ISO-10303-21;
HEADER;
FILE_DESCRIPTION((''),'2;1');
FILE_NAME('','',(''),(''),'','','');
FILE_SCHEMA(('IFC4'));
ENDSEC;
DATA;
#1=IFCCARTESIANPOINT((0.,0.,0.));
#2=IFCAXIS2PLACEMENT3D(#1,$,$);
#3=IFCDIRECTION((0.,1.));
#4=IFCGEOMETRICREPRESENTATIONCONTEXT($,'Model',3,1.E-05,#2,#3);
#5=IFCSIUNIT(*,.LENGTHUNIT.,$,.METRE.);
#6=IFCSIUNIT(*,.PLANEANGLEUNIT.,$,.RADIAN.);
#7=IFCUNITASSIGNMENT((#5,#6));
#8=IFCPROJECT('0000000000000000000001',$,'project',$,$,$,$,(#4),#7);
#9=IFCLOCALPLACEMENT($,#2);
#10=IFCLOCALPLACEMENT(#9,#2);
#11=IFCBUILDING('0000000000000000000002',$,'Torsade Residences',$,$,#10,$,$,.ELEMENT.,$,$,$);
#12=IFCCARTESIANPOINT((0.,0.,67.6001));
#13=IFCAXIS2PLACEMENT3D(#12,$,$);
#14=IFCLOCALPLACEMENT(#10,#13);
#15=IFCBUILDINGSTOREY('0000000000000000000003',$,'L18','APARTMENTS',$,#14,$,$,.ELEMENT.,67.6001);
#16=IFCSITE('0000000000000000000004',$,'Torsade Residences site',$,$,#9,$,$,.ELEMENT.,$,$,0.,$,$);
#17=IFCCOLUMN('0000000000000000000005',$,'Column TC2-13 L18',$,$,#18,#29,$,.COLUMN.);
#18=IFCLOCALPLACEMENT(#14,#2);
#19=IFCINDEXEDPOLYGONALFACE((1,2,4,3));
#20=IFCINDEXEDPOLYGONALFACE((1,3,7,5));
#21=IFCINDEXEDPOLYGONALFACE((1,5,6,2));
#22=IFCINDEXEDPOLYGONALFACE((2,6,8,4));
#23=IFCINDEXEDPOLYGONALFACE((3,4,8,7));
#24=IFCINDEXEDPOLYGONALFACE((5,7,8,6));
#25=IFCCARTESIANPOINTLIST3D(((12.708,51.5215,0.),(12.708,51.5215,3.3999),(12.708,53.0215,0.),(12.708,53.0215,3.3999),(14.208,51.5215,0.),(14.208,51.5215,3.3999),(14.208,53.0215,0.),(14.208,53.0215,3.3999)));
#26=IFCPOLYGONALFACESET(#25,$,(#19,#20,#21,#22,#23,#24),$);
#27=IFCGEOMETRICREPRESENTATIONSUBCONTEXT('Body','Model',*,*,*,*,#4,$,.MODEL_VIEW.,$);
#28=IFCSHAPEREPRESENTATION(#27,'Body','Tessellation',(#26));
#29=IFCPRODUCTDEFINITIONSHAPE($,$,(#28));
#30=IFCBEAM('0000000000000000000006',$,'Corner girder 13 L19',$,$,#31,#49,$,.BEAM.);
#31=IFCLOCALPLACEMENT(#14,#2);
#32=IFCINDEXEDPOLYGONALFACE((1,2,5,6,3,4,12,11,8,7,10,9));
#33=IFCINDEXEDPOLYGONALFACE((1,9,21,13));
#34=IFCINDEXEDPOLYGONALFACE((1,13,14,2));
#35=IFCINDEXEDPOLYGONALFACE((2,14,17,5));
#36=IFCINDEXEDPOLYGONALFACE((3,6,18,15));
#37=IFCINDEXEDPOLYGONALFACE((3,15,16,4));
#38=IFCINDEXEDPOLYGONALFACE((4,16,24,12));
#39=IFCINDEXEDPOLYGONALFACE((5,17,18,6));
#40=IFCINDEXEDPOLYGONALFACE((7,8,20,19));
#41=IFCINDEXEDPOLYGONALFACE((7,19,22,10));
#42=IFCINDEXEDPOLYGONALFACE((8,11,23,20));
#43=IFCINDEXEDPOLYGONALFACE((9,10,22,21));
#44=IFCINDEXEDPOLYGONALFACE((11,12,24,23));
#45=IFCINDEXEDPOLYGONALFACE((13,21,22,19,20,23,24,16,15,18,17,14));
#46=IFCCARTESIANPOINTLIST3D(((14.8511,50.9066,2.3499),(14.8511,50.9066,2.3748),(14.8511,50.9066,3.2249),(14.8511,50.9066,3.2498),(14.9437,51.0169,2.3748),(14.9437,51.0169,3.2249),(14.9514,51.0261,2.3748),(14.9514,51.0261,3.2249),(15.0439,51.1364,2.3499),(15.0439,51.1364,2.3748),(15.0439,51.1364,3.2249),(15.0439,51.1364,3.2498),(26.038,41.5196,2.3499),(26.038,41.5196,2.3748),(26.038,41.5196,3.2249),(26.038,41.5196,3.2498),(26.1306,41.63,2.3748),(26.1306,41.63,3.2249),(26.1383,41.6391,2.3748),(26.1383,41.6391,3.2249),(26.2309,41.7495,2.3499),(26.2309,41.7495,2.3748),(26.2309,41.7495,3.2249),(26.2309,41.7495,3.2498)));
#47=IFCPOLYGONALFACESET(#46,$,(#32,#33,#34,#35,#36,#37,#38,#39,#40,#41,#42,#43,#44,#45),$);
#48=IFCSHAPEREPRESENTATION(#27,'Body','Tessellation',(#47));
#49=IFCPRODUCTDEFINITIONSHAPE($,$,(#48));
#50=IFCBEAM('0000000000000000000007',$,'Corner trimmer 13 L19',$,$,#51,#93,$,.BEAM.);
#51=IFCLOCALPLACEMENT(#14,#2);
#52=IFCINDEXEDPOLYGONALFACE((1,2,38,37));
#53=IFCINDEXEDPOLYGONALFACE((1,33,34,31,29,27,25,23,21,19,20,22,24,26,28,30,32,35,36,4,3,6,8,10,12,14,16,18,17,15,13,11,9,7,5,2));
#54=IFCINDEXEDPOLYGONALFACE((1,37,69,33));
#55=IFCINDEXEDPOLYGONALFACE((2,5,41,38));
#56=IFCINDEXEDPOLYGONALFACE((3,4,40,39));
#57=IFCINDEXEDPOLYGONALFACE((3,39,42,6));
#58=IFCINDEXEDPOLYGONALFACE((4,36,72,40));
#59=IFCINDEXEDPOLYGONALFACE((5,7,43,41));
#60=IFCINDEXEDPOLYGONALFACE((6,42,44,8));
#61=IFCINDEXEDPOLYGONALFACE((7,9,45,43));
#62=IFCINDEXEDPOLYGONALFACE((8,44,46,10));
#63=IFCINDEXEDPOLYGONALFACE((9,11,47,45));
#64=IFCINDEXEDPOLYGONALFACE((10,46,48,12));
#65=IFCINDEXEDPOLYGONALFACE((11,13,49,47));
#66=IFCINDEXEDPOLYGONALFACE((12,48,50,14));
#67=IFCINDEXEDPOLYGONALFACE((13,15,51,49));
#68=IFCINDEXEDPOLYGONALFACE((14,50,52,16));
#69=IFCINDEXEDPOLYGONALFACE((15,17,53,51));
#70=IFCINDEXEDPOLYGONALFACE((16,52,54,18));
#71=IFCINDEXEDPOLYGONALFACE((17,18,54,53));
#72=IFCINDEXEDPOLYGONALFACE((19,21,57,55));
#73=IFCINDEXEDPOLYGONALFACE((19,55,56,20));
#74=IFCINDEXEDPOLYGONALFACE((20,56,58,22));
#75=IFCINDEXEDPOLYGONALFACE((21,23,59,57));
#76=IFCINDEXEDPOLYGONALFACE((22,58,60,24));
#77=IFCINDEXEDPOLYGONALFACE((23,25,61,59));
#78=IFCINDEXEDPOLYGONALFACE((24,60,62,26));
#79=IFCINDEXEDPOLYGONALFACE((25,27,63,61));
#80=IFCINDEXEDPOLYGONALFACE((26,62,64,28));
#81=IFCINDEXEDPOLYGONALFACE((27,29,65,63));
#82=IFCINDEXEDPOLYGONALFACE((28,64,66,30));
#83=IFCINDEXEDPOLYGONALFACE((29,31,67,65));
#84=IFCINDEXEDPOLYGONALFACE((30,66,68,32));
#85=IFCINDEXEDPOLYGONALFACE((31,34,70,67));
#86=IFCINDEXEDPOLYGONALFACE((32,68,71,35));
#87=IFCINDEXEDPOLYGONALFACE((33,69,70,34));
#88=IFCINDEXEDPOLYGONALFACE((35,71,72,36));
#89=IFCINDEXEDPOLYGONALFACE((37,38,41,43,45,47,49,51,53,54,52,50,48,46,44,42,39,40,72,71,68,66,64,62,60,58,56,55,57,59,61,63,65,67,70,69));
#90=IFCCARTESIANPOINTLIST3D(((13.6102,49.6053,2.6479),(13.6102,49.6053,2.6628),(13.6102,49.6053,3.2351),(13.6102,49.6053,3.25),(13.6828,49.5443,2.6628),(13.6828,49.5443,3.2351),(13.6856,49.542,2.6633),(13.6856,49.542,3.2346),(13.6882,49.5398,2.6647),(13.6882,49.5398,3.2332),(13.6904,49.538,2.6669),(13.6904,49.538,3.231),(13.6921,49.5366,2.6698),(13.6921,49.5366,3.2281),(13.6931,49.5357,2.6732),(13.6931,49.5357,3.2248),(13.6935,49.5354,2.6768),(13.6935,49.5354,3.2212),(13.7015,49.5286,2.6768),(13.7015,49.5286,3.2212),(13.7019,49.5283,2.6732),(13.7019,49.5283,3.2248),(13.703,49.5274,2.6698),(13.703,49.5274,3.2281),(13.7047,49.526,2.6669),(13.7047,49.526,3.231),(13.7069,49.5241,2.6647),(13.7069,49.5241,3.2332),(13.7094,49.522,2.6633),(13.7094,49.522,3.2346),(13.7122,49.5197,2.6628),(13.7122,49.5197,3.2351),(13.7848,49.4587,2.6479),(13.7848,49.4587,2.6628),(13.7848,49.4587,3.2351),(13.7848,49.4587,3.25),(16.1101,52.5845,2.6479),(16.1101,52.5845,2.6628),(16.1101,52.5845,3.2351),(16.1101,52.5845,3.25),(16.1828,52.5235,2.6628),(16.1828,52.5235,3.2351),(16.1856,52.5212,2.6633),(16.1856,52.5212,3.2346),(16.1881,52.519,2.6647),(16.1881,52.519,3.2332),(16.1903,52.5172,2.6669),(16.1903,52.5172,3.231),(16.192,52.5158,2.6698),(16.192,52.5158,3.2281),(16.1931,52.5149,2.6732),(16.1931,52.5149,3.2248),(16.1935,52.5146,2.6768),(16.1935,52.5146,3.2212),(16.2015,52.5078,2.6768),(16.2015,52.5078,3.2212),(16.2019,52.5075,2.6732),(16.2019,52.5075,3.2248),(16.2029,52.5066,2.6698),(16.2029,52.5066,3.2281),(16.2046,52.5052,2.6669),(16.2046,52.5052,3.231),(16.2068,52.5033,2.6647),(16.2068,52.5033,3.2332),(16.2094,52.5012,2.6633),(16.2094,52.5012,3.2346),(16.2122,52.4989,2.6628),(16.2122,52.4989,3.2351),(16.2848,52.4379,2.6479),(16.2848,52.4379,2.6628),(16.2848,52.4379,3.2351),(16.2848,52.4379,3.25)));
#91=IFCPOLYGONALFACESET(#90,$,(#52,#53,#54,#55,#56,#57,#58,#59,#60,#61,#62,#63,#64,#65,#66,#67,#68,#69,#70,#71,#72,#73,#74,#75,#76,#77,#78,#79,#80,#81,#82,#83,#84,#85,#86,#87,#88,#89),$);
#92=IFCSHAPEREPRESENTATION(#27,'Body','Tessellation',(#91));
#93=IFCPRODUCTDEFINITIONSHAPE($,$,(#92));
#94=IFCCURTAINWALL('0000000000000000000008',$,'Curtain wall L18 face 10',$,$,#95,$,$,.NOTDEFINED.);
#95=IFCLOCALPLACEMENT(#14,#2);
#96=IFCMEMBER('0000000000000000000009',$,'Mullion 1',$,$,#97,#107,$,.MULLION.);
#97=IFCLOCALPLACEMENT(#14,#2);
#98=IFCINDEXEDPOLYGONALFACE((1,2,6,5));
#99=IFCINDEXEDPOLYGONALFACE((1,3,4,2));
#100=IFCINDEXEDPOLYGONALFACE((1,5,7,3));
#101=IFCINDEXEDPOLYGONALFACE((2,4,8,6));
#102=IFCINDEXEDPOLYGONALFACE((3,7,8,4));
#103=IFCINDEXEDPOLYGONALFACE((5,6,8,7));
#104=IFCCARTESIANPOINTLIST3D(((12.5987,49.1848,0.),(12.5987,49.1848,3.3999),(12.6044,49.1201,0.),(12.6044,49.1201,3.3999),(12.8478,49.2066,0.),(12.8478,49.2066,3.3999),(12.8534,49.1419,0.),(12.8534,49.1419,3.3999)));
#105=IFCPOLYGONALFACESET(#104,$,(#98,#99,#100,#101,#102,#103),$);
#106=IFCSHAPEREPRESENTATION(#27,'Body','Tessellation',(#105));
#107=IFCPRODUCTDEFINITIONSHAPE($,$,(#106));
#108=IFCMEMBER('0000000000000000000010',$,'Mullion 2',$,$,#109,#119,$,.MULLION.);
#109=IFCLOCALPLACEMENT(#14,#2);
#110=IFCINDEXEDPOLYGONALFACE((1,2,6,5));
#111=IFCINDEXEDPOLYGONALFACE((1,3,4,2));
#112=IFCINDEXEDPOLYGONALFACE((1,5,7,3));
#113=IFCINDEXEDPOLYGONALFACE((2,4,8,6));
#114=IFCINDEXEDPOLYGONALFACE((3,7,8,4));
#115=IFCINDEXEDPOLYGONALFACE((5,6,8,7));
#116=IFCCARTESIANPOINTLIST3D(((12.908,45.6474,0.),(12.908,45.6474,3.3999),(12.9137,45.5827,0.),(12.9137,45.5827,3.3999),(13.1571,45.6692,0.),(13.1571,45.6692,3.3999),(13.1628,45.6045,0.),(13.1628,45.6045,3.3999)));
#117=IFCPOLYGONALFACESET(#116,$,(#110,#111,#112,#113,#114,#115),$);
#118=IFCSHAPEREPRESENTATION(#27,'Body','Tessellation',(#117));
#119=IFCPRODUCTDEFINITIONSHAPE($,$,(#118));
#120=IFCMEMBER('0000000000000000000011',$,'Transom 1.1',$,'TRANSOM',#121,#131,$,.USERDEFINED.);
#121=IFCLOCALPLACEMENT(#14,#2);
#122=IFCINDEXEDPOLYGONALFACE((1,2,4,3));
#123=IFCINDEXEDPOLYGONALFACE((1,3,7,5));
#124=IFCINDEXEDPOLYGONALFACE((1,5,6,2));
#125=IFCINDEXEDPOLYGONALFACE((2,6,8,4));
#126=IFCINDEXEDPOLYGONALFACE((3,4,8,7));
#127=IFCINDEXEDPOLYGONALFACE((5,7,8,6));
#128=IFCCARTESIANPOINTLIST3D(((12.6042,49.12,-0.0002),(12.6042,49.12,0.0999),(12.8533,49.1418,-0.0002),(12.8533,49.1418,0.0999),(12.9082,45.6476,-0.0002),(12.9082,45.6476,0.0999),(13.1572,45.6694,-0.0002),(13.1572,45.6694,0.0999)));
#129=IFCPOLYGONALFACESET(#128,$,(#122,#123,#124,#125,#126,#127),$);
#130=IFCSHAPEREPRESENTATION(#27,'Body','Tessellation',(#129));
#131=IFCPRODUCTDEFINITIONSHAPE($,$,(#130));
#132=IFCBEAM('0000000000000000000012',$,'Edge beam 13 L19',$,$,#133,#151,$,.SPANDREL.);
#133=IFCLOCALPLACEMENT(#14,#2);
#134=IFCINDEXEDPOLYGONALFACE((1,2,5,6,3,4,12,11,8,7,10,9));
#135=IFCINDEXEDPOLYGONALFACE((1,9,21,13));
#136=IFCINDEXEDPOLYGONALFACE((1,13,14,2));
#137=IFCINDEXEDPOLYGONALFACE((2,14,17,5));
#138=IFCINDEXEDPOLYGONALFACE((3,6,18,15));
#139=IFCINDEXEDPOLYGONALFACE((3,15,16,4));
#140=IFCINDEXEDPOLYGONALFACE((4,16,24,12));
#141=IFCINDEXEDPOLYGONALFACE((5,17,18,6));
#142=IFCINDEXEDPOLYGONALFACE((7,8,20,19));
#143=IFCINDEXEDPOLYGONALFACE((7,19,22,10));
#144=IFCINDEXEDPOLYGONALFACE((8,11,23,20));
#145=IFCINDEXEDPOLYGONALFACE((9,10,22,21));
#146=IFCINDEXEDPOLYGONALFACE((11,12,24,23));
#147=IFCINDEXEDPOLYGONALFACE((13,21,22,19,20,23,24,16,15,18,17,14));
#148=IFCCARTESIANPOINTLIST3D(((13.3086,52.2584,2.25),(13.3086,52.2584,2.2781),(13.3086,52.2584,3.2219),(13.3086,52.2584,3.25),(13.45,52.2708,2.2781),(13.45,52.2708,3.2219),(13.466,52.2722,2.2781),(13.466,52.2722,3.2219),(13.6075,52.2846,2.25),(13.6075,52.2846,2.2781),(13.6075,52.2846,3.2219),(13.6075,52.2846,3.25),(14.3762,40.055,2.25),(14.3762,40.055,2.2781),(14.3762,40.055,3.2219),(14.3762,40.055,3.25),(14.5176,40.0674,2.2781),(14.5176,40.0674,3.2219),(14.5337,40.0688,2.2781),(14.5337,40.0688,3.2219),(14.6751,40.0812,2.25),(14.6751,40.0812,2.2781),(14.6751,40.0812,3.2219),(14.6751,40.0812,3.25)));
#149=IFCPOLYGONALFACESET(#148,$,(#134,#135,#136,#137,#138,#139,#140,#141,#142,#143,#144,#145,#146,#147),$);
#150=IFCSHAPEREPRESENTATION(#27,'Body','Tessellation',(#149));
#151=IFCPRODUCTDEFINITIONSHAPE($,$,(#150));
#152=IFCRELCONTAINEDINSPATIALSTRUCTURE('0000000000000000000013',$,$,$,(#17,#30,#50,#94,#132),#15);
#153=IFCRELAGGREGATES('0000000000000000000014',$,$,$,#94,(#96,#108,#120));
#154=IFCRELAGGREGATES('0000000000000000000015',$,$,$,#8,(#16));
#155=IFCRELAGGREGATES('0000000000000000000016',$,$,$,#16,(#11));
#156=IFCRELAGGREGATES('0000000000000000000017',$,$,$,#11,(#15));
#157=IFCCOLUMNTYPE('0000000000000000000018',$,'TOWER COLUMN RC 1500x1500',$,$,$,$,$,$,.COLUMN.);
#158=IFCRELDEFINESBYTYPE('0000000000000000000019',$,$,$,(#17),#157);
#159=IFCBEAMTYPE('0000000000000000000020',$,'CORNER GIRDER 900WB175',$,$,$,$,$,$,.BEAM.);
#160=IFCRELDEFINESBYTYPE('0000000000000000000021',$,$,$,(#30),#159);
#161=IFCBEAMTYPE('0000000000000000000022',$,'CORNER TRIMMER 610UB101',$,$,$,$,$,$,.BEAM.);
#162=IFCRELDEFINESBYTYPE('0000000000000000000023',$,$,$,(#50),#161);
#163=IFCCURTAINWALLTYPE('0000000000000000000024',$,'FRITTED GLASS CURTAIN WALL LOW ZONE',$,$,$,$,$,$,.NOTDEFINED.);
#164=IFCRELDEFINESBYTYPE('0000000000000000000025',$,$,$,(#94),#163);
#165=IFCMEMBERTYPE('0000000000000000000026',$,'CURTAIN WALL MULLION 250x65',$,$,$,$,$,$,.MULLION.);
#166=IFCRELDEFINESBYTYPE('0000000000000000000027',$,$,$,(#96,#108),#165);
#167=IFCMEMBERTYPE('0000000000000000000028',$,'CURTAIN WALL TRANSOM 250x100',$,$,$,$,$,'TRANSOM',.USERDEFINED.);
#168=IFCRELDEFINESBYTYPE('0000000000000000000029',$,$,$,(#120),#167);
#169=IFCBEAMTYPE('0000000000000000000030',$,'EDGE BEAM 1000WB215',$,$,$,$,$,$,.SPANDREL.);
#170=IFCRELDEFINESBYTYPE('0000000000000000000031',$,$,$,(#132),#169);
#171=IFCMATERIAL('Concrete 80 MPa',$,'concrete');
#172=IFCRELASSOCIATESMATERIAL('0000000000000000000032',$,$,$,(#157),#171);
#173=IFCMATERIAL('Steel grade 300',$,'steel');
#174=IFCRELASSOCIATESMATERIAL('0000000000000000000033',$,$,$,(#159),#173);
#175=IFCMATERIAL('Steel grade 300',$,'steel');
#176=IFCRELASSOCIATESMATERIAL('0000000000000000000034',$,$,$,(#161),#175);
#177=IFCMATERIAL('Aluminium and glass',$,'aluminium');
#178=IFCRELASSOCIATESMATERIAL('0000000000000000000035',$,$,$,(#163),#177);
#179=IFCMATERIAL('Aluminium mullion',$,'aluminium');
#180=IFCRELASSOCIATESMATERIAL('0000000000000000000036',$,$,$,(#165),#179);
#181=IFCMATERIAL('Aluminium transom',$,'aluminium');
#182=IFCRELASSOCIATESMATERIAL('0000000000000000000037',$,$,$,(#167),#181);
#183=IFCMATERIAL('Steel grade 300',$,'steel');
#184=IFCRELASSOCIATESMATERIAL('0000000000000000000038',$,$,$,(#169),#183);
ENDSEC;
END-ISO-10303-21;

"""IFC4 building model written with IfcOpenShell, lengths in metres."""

from ifc_helpers import new_model, si_unit, direction, frame, origin, origin_2d, place, context, subcontext, project, spatial, rectangle, i_section, extrude, material, material_profile, profile_set, type_object, element, aggregate, save


model = new_model("IFC4")

# Units and contexts
model_context = context("Model", 3, precision=1e-05, world=origin(), true_north=direction((0.0, 1.0)))
body_context = subcontext(model_context, "Body", "Model", "MODEL_VIEW")
ifc_project = project(units=[si_unit("LENGTHUNIT", "METRE"), si_unit("PLANEANGLEUNIT", "RADIAN")], contexts=[model_context])

# Site, building, storey
site_placement = place(None, origin())
site = spatial("IfcSite", under=ifc_project, at=site_placement, Name="Torsade Residences site", CompositionType="ELEMENT", RefElevation=0.0)
building_placement = place(site_placement, origin())
building = spatial("IfcBuilding", under=site, at=building_placement, Name="Torsade Residences", CompositionType="ELEMENT")
storey_placement = place(building_placement, frame((0.0, 0.0, 67.6001)))
storey = spatial("IfcBuildingStorey", under=building, at=storey_placement, Name="L18", Description="APARTMENTS", CompositionType="ELEMENT", Elevation=67.6001)

# Column
ifc_material_1 = material(Name="Concrete 80 MPa", Category="concrete")
ifc_material_profile_1 = material_profile(ifc_material_1, rectangle(XDim=1.5, YDim=1.5, at=origin_2d()), Name="RC 1500x1500")
ifc_profile_set_1 = profile_set([ifc_material_profile_1], Name="Concrete 80 MPa")
column_type = type_object("IfcColumnType", Name="TOWER COLUMN RC 1500x1500", PredefinedType="COLUMN", material=ifc_profile_set_1)
column_placement = place(storey_placement, frame((13.458, 52.2715, 0.0), z_axis=(0.0, 0.0, 1.0), x_axis=(1.0, 0.0, 0.0)))
element("IfcColumn", 1, at=column_placement, inside=storey, type_object=column_type, Name="Column TC2-13 L18", PredefinedType="COLUMN", context=body_context, shape_type="SweptSolid", body=[
    extrude(rectangle(XDim=1.5, YDim=1.5, at=origin_2d()), origin(), (0.0, 0.0, 1.0), 3.3999),
])

# Beams
ifc_material_2 = material(Name="Steel grade 300", Category="steel")
ifc_material_profile_2 = material_profile(ifc_material_2, i_section(OverallWidth=0.3, OverallDepth=0.8999, WebThickness=0.012, FlangeThickness=0.0249, at=origin_2d()), Name="900WB175")
ifc_profile_set_2 = profile_set([ifc_material_profile_2], Name="Steel grade 300")
beam_type_1 = type_object("IfcBeamType", Name="CORNER GIRDER 900WB175", PredefinedType="BEAM", material=ifc_profile_set_2)
beam_1_placement = place(storey_placement, frame((14.9475, 51.0215, 2.7998), z_axis=(0.766046, -0.642785, 0.0), x_axis=(0.642785, 0.766046, 0.0)))
element("IfcBeam", 2, at=beam_1_placement, inside=storey, type_object=beam_type_1, Name="Corner girder 13 L19", PredefinedType="BEAM", context=body_context, shape_type="SweptSolid", body=[
    extrude(i_section(OverallWidth=0.3, OverallDepth=0.8999, WebThickness=0.012, FlangeThickness=0.0249, at=origin_2d()), origin(), (0.0, 0.0, 1.0), 14.6035),
])
ifc_material_3 = material(Name="Steel grade 300", Category="steel")
ifc_material_profile_3 = material_profile(ifc_material_3, i_section(OverallWidth=0.228, OverallDepth=0.6021, WebThickness=0.0105, FlangeThickness=0.0149, FilletRadius=0.0139, at=origin_2d()), Name="610UB101")
ifc_profile_set_3 = profile_set([ifc_material_profile_3], Name="Steel grade 300")
beam_type_2 = type_object("IfcBeamType", Name="CORNER TRIMMER 610UB101", PredefinedType="BEAM", material=ifc_profile_set_3)
beam_2_placement = place(storey_placement, frame((13.6975, 49.532, 2.949), z_axis=(0.642805, 0.76603, 0.0), x_axis=(-0.76603, 0.642805, 0.0)))
element("IfcBeam", 3, at=beam_2_placement, inside=storey, type_object=beam_type_2, Name="Corner trimmer 13 L19", PredefinedType="BEAM", context=body_context, shape_type="SweptSolid", body=[
    extrude(i_section(OverallWidth=0.228, OverallDepth=0.6021, WebThickness=0.0105, FlangeThickness=0.0149, FilletRadius=0.0139, at=origin_2d()), origin(), (0.0, 0.0, 1.0), 3.8892),
])

# Curtain wall, members
ifc_material_4 = material(Name="Aluminium and glass", Category="aluminium")
curtain_wall_type = type_object("IfcCurtainWallType", Name="FRITTED GLASS CURTAIN WALL LOW ZONE", PredefinedType="NOTDEFINED", material=ifc_material_4)
curtain_wall_placement = place(storey_placement, origin())
curtain_wall = element("IfcCurtainWall", 4, at=curtain_wall_placement, inside=storey, type_object=curtain_wall_type, Name="Curtain wall L18 face 10", PredefinedType="NOTDEFINED")
ifc_material_5 = material(Name="Aluminium mullion", Category="aluminium")
ifc_material_profile_4 = material_profile(ifc_material_5, rectangle(XDim=0.25, YDim=0.0649, at=origin_2d()), Name="CURTAIN WALL MULLION 250x65")
ifc_profile_set_4 = profile_set([ifc_material_profile_4], Name="Aluminium mullion")
member_type_1 = type_object("IfcMemberType", Name="CURTAIN WALL MULLION 250x65", PredefinedType="MULLION", material=ifc_profile_set_4)
member_1_placement = place(storey_placement, frame((12.7261, 49.1633, 0.0), z_axis=(0.0, 0.0, 1.0), x_axis=(0.996195, 0.087156, 0.0)))
member_1 = element("IfcMember", 5, at=member_1_placement, type_object=member_type_1, Name="Mullion 1", PredefinedType="MULLION", context=body_context, shape_type="SweptSolid", body=[
    extrude(rectangle(XDim=0.25, YDim=0.0649, at=origin_2d()), origin(), (0.0, 0.0, 1.0), 3.3999),
])
member_2_placement = place(storey_placement, frame((13.0354, 45.626, 0.0), z_axis=(0.0, 0.0, 1.0), x_axis=(0.996195, 0.087156, 0.0)))
member_2 = element("IfcMember", 6, at=member_2_placement, type_object=member_type_1, Name="Mullion 2", PredefinedType="MULLION", context=body_context, shape_type="SweptSolid", body=[
    extrude(rectangle(XDim=0.25, YDim=0.0649, at=origin_2d()), origin(), (0.0, 0.0, 1.0), 3.3999),
])
ifc_material_6 = material(Name="Aluminium transom", Category="aluminium")
ifc_material_profile_5 = material_profile(ifc_material_6, rectangle(XDim=0.25, YDim=0.1001, at=origin_2d()), Name="CURTAIN WALL TRANSOM 250x100")
ifc_profile_set_5 = profile_set([ifc_material_profile_5], Name="Aluminium transom")
member_type_2 = type_object("IfcMemberType", Name="CURTAIN WALL TRANSOM 250x100", ElementType="TRANSOM", PredefinedType="USERDEFINED", material=ifc_profile_set_5)
member_3_placement = place(storey_placement, frame((12.7288, 49.1309, 0.0498), z_axis=(0.087201, -0.996191, 0.0), x_axis=(0.996191, 0.087201, 0.0)))
member_3 = element("IfcMember", 7, at=member_3_placement, type_object=member_type_2, Name="Transom 1.1", ObjectType="TRANSOM", PredefinedType="USERDEFINED", context=body_context, shape_type="SweptSolid", body=[
    extrude(rectangle(XDim=0.25, YDim=0.1001, at=origin_2d()), origin(), (0.0, 0.0, 1.0), 3.4856),
])

# Beam
ifc_material_7 = material(Name="Steel grade 300", Category="steel")
ifc_material_profile_6 = material_profile(ifc_material_7, i_section(OverallWidth=0.3, OverallDepth=1.0, WebThickness=0.0161, FlangeThickness=0.0281, at=origin_2d()), Name="1000WB215")
ifc_profile_set_6 = profile_set([ifc_material_profile_6], Name="Steel grade 300")
beam_type_3 = type_object("IfcBeamType", Name="EDGE BEAM 1000WB215", PredefinedType="SPANDREL", material=ifc_profile_set_6)
beam_3_placement = place(storey_placement, frame((13.458, 52.2715, 2.75), z_axis=(0.087153, -0.996195, 0.0), x_axis=(0.996195, 0.087153, 0.0)))
element("IfcBeam", 8, at=beam_3_placement, inside=storey, type_object=beam_type_3, Name="Edge beam 13 L19", PredefinedType="SPANDREL", context=body_context, shape_type="SweptSolid", body=[
    extrude(i_section(OverallWidth=0.3, OverallDepth=1.0, WebThickness=0.0161, FlangeThickness=0.0281, at=origin_2d()), origin(), (0.0, 0.0, 1.0), 12.25),
])

aggregate(curtain_wall, [member_1, member_2, member_3])

save(model, "model.ifc")
